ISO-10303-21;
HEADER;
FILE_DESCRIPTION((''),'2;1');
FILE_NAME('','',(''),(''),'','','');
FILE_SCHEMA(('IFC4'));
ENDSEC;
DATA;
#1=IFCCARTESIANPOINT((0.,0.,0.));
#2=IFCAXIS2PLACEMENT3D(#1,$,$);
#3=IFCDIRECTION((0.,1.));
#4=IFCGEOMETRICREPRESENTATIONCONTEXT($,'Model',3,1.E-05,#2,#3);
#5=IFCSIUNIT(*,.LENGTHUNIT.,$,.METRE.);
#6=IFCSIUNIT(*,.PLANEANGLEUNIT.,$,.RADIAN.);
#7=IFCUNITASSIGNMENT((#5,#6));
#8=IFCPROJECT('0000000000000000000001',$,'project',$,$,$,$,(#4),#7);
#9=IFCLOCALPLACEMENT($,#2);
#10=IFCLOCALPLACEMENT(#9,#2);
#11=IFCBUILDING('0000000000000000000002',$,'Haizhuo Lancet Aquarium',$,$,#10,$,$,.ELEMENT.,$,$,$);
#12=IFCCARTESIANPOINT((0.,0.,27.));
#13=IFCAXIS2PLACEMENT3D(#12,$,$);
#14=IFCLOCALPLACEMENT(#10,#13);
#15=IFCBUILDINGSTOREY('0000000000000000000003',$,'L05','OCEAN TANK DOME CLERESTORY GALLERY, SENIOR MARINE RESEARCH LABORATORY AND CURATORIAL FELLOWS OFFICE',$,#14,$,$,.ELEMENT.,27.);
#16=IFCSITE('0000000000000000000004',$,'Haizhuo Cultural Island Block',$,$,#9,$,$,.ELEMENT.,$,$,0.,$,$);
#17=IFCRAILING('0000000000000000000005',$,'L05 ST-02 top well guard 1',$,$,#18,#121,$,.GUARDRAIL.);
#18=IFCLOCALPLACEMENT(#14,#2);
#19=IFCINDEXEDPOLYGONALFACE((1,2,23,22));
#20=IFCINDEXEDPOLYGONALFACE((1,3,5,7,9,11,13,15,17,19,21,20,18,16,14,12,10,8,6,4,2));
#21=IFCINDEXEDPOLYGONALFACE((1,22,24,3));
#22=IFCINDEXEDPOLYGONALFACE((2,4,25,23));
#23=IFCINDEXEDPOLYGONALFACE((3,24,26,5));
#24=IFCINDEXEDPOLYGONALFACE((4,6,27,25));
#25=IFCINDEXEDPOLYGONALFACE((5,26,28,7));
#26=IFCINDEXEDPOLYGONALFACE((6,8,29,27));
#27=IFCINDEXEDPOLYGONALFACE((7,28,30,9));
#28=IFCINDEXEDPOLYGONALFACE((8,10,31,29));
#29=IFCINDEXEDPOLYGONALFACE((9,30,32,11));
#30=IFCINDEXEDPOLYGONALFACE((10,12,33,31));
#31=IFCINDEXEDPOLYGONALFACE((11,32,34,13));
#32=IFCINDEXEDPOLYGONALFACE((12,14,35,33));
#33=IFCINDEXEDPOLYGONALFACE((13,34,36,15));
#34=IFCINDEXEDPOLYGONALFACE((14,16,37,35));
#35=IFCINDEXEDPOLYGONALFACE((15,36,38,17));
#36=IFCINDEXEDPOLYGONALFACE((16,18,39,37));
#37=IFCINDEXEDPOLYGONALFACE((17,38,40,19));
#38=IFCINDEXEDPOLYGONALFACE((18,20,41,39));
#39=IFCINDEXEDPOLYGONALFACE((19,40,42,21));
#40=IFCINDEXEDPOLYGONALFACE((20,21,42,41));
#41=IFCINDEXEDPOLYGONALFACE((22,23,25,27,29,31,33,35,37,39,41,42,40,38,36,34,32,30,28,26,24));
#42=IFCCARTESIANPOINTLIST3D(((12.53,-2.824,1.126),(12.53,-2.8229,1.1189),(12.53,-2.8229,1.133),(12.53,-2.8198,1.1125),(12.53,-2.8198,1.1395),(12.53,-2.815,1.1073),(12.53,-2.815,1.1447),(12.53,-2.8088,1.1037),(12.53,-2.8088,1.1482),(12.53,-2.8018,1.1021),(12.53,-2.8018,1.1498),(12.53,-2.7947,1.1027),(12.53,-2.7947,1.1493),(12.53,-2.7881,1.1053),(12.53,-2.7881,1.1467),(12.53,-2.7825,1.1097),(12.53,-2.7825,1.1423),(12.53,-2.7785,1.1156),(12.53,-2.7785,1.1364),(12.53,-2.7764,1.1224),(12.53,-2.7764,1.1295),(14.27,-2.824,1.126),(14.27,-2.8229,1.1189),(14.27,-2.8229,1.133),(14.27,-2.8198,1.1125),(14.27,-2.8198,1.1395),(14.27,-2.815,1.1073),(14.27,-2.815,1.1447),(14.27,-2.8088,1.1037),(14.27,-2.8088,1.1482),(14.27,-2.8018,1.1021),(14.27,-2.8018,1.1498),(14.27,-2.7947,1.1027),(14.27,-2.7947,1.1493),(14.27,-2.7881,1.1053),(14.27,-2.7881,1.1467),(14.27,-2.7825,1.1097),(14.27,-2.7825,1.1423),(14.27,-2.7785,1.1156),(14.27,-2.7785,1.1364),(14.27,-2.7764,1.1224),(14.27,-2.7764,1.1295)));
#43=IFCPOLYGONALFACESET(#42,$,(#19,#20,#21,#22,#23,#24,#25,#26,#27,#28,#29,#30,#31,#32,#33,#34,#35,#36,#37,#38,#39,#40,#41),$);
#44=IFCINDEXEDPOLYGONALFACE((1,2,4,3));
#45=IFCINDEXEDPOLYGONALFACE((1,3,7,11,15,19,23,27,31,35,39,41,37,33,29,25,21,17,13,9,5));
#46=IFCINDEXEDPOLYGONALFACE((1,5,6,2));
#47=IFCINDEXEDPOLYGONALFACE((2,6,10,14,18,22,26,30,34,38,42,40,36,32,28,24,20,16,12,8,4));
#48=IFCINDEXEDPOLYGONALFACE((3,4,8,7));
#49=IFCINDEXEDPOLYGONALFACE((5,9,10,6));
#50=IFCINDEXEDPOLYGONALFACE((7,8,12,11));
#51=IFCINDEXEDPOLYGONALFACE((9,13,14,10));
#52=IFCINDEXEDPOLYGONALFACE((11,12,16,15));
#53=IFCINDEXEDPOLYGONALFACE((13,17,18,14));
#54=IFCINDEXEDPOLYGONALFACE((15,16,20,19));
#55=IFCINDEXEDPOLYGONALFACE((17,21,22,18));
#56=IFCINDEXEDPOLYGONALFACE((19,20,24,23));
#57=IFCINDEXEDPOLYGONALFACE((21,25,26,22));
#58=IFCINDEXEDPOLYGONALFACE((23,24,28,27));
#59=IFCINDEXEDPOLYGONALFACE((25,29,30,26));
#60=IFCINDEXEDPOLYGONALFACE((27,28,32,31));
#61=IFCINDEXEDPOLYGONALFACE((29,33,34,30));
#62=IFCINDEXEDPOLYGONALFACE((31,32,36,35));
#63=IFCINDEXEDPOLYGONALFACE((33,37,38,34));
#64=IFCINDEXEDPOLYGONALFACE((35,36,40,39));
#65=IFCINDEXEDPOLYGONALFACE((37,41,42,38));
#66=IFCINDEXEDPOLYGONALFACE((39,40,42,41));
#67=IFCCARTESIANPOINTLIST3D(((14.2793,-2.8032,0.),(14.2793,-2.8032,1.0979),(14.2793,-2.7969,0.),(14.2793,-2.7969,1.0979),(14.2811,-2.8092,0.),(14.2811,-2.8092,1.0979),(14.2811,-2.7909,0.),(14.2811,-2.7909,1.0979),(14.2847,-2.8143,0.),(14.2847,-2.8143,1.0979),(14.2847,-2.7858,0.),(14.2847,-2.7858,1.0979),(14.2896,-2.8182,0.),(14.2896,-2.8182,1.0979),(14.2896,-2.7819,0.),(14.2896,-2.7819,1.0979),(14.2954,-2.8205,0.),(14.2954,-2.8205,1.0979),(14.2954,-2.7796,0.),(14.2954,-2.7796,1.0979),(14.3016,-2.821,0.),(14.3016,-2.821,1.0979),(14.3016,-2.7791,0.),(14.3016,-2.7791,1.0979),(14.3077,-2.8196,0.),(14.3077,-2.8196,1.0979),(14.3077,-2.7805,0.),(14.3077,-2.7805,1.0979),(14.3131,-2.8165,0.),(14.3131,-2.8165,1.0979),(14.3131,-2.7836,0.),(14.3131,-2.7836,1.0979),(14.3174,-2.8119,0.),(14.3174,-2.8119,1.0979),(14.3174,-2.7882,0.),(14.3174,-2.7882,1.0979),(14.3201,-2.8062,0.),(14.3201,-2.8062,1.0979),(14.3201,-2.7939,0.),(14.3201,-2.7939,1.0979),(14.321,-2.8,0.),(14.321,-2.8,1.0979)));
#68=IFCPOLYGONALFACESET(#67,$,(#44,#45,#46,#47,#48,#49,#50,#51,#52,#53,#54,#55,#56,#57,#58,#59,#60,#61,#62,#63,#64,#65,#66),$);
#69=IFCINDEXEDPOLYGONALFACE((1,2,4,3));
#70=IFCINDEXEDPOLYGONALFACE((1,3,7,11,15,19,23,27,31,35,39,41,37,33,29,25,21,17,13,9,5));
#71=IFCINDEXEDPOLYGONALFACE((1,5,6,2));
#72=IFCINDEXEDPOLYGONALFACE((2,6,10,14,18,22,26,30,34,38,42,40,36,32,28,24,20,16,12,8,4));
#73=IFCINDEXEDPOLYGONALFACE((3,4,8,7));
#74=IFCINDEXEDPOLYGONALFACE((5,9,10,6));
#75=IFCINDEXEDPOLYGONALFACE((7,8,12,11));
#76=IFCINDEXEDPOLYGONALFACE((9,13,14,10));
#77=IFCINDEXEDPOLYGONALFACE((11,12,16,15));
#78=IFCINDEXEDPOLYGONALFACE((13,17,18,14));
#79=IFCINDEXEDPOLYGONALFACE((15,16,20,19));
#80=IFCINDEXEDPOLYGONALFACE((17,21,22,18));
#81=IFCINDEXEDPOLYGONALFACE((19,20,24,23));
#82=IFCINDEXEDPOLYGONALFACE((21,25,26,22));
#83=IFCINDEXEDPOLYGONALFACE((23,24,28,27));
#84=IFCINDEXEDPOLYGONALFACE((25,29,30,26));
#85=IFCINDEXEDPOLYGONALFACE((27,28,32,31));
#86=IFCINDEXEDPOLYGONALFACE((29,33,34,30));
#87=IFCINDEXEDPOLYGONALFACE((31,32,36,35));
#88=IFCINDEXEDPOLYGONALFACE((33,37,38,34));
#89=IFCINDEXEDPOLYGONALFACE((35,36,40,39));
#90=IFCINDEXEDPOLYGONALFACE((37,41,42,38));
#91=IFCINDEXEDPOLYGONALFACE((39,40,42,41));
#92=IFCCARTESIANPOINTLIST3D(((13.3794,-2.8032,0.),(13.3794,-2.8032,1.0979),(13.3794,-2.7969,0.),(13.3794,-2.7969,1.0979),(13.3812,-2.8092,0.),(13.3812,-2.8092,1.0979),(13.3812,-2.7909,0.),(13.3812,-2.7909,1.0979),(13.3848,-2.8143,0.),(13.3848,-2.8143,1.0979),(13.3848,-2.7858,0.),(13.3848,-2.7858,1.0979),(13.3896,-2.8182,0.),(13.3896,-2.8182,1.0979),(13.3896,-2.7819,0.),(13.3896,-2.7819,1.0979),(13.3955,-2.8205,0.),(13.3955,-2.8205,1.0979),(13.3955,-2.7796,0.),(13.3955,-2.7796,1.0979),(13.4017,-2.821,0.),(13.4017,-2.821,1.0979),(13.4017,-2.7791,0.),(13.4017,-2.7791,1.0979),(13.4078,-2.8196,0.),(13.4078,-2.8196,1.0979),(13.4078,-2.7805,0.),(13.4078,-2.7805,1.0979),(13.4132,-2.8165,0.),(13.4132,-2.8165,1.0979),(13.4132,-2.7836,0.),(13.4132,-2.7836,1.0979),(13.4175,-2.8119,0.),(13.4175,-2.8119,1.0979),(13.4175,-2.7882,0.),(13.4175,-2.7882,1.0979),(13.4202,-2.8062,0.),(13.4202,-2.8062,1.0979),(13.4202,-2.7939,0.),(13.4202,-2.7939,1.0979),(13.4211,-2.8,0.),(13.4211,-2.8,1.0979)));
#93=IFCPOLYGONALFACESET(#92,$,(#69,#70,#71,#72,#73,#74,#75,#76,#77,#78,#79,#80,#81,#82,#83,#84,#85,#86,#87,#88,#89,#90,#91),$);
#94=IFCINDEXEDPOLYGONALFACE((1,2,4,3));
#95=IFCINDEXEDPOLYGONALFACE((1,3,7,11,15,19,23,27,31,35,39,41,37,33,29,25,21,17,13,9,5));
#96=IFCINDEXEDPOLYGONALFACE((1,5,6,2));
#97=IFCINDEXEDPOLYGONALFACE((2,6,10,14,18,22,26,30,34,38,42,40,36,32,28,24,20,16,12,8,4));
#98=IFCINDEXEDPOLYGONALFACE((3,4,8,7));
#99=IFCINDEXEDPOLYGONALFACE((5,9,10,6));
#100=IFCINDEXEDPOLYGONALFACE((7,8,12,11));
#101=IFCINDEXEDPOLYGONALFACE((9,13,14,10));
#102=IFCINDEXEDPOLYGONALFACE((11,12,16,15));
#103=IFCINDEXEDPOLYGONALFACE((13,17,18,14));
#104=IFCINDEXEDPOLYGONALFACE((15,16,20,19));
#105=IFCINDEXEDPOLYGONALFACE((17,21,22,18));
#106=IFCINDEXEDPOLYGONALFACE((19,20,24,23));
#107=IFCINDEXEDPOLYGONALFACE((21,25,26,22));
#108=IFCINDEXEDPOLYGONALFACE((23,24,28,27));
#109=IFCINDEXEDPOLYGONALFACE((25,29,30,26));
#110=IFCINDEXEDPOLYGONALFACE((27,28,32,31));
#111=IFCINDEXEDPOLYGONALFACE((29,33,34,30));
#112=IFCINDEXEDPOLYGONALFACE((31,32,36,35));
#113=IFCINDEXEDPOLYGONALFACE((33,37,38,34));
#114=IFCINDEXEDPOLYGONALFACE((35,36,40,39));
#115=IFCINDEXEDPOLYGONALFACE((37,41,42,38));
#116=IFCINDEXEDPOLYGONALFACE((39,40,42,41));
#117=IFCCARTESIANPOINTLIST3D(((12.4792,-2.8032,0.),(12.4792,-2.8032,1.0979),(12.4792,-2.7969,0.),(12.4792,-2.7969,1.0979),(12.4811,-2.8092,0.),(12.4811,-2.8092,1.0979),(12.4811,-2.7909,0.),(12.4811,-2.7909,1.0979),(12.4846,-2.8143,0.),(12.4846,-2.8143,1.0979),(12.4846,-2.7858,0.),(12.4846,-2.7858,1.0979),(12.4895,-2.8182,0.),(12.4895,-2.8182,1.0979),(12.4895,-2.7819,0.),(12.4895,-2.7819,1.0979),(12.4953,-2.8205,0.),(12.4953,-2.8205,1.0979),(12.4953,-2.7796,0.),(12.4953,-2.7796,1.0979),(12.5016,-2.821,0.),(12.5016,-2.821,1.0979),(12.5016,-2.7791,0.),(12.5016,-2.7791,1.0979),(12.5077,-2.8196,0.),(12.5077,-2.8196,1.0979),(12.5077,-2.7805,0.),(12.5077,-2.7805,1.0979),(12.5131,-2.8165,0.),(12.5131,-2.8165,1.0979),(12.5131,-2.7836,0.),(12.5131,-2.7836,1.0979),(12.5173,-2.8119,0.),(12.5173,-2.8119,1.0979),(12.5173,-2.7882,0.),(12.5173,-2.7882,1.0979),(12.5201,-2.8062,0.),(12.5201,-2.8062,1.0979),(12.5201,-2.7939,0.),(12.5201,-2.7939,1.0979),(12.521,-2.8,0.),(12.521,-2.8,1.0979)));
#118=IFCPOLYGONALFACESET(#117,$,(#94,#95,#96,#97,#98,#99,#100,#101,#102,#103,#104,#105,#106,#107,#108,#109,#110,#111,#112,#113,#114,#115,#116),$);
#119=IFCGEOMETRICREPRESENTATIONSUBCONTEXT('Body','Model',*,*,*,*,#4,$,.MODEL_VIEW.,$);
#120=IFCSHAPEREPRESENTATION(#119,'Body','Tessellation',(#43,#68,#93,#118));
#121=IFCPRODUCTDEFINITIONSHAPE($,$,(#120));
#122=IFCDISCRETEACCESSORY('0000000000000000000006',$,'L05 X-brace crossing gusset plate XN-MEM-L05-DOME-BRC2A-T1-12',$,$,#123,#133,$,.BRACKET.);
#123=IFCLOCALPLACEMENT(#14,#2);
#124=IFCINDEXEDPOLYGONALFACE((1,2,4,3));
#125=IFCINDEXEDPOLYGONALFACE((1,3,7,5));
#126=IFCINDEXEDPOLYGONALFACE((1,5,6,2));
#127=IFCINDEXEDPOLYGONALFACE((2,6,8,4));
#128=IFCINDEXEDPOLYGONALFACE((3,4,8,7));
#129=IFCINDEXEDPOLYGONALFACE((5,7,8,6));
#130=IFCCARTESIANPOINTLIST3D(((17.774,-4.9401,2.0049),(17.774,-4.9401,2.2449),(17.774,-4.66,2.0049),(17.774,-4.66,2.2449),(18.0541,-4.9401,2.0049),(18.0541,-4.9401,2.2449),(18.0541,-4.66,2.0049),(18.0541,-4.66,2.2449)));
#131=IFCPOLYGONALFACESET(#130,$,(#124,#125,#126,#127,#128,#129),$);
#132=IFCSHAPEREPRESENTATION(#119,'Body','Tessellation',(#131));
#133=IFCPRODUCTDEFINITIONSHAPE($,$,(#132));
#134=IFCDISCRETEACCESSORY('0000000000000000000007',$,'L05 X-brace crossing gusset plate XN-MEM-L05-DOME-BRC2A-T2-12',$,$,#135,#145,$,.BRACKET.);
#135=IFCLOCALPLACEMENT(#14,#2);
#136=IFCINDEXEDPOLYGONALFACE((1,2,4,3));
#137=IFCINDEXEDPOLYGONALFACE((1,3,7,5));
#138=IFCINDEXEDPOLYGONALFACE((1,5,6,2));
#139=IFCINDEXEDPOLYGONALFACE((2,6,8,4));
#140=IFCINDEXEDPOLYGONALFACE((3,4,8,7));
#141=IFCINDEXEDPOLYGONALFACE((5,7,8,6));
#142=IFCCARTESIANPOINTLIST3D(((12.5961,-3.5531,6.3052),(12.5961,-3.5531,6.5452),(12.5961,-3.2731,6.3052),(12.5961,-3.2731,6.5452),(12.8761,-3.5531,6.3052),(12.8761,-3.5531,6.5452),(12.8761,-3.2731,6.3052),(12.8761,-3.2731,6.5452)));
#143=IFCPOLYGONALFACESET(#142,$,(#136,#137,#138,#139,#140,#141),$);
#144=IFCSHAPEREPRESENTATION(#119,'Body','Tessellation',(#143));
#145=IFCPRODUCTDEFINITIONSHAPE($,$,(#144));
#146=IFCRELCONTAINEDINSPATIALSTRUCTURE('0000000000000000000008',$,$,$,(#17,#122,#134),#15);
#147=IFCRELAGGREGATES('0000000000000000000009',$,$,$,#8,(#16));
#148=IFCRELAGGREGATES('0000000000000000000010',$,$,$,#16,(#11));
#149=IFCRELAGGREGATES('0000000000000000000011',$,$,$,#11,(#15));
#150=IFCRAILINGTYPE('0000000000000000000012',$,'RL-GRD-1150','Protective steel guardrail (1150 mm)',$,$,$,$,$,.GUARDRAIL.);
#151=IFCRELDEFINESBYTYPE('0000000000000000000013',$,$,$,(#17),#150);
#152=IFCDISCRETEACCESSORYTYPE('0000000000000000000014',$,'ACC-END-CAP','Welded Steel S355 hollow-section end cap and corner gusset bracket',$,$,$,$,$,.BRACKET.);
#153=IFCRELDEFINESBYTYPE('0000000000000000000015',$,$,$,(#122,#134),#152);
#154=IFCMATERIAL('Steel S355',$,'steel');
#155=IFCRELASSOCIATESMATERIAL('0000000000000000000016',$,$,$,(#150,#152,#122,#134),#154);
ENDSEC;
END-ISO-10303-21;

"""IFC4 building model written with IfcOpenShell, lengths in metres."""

from ifc_helpers import new_model, si_unit, direction, frame, origin, origin_2d, place, context, subcontext, project, spatial, rectangle, circle, extrude, material, type_object, element, save


model = new_model("IFC4")

# Units and contexts
model_context = context("Model", 3, precision=1e-05, world=origin(), true_north=direction((0.0, 1.0)))
body_context = subcontext(model_context, "Body", "Model", "MODEL_VIEW")
ifc_project = project(units=[si_unit("LENGTHUNIT", "METRE"), si_unit("PLANEANGLEUNIT", "RADIAN")], contexts=[model_context])

# Site, building, storey
site_placement = place(None, origin())
site = spatial("IfcSite", under=ifc_project, at=site_placement, Name="Haizhuo Cultural Island Block", CompositionType="ELEMENT", RefElevation=0.0)
building_placement = place(site_placement, origin())
building = spatial("IfcBuilding", under=site, at=building_placement, Name="Haizhuo Lancet Aquarium", CompositionType="ELEMENT")
storey_placement = place(building_placement, frame((0.0, 0.0, 27.0)))
storey = spatial("IfcBuildingStorey", under=building, at=storey_placement, Name="L05", Description="OCEAN TANK DOME CLERESTORY GALLERY, SENIOR MARINE RESEARCH LABORATORY AND CURATORIAL FELLOWS OFFICE", CompositionType="ELEMENT", Elevation=27.0)

# Shared definitions
ifc_material_1 = material(Name="Steel S355", Category="steel")

# Railing
railing_type = type_object("IfcRailingType", Name="RL-GRD-1150", Description="Protective steel guardrail (1150 mm)", PredefinedType="GUARDRAIL", material=ifc_material_1)
railing_1_placement = place(storey_placement, frame((14.3, -2.8, 0.0)))
element("IfcRailing", 1, at=railing_1_placement, inside=storey, type_object=railing_type, Name="L05 ST-02 top well guard 1", PredefinedType="GUARDRAIL", context=body_context, shape_type="SweptSolid", body=[
    extrude(circle(Radius=0.0239, at=origin_2d()), frame((-0.03, 0.0, 1.126), z_axis=(-1.0, 0.0, 0.0), x_axis=(0.0, -1.0, 0.0)), (0.0, 0.0, 1.0), 1.74),
    extrude(circle(Radius=0.021, at=origin_2d()), origin(), (0.0, 0.0, 1.0), 1.0979),
    extrude(circle(Radius=0.021, at=origin_2d()), frame((-0.8999, 0.0, 0.0)), (0.0, 0.0, 1.0), 1.0979),
    extrude(circle(Radius=0.021, at=origin_2d()), frame((-1.8, 0.0, 0.0)), (0.0, 0.0, 1.0), 1.0979),
])

# Discrete accessories
discrete_accessory_type = type_object("IfcDiscreteAccessoryType", Name="ACC-END-CAP", Description="Welded Steel S355 hollow-section end cap and corner gusset bracket", PredefinedType="BRACKET", material=ifc_material_1)
for number, where, z_axis, x_axis, name in (
    (2, (17.9141, -4.8, 2.0049), (0.0, 0.0, 1.0), (1.0, 0.0, 0.0), "L05 X-brace crossing gusset plate XN-MEM-L05-DOME-BRC2A-T1-12"),
    (3, (12.7361, -3.4131, 6.3052), (0.0, 0.0, 1.0), (1.0, 0.0, 0.0), "L05 X-brace crossing gusset plate XN-MEM-L05-DOME-BRC2A-T2-12"),
):
    element("IfcDiscreteAccessory", number, at=place(storey_placement, frame(where, z_axis=z_axis, x_axis=x_axis)), inside=storey, type_object=discrete_accessory_type, material=ifc_material_1, Name=name, PredefinedType="BRACKET", context=body_context, shape_type="SweptSolid", body=[
        extrude(rectangle(XDim=0.28, YDim=0.28, at=origin_2d()), origin(), (0.0, 0.0, 1.0), 0.24),
    ])

save(model, "model.ifc")
